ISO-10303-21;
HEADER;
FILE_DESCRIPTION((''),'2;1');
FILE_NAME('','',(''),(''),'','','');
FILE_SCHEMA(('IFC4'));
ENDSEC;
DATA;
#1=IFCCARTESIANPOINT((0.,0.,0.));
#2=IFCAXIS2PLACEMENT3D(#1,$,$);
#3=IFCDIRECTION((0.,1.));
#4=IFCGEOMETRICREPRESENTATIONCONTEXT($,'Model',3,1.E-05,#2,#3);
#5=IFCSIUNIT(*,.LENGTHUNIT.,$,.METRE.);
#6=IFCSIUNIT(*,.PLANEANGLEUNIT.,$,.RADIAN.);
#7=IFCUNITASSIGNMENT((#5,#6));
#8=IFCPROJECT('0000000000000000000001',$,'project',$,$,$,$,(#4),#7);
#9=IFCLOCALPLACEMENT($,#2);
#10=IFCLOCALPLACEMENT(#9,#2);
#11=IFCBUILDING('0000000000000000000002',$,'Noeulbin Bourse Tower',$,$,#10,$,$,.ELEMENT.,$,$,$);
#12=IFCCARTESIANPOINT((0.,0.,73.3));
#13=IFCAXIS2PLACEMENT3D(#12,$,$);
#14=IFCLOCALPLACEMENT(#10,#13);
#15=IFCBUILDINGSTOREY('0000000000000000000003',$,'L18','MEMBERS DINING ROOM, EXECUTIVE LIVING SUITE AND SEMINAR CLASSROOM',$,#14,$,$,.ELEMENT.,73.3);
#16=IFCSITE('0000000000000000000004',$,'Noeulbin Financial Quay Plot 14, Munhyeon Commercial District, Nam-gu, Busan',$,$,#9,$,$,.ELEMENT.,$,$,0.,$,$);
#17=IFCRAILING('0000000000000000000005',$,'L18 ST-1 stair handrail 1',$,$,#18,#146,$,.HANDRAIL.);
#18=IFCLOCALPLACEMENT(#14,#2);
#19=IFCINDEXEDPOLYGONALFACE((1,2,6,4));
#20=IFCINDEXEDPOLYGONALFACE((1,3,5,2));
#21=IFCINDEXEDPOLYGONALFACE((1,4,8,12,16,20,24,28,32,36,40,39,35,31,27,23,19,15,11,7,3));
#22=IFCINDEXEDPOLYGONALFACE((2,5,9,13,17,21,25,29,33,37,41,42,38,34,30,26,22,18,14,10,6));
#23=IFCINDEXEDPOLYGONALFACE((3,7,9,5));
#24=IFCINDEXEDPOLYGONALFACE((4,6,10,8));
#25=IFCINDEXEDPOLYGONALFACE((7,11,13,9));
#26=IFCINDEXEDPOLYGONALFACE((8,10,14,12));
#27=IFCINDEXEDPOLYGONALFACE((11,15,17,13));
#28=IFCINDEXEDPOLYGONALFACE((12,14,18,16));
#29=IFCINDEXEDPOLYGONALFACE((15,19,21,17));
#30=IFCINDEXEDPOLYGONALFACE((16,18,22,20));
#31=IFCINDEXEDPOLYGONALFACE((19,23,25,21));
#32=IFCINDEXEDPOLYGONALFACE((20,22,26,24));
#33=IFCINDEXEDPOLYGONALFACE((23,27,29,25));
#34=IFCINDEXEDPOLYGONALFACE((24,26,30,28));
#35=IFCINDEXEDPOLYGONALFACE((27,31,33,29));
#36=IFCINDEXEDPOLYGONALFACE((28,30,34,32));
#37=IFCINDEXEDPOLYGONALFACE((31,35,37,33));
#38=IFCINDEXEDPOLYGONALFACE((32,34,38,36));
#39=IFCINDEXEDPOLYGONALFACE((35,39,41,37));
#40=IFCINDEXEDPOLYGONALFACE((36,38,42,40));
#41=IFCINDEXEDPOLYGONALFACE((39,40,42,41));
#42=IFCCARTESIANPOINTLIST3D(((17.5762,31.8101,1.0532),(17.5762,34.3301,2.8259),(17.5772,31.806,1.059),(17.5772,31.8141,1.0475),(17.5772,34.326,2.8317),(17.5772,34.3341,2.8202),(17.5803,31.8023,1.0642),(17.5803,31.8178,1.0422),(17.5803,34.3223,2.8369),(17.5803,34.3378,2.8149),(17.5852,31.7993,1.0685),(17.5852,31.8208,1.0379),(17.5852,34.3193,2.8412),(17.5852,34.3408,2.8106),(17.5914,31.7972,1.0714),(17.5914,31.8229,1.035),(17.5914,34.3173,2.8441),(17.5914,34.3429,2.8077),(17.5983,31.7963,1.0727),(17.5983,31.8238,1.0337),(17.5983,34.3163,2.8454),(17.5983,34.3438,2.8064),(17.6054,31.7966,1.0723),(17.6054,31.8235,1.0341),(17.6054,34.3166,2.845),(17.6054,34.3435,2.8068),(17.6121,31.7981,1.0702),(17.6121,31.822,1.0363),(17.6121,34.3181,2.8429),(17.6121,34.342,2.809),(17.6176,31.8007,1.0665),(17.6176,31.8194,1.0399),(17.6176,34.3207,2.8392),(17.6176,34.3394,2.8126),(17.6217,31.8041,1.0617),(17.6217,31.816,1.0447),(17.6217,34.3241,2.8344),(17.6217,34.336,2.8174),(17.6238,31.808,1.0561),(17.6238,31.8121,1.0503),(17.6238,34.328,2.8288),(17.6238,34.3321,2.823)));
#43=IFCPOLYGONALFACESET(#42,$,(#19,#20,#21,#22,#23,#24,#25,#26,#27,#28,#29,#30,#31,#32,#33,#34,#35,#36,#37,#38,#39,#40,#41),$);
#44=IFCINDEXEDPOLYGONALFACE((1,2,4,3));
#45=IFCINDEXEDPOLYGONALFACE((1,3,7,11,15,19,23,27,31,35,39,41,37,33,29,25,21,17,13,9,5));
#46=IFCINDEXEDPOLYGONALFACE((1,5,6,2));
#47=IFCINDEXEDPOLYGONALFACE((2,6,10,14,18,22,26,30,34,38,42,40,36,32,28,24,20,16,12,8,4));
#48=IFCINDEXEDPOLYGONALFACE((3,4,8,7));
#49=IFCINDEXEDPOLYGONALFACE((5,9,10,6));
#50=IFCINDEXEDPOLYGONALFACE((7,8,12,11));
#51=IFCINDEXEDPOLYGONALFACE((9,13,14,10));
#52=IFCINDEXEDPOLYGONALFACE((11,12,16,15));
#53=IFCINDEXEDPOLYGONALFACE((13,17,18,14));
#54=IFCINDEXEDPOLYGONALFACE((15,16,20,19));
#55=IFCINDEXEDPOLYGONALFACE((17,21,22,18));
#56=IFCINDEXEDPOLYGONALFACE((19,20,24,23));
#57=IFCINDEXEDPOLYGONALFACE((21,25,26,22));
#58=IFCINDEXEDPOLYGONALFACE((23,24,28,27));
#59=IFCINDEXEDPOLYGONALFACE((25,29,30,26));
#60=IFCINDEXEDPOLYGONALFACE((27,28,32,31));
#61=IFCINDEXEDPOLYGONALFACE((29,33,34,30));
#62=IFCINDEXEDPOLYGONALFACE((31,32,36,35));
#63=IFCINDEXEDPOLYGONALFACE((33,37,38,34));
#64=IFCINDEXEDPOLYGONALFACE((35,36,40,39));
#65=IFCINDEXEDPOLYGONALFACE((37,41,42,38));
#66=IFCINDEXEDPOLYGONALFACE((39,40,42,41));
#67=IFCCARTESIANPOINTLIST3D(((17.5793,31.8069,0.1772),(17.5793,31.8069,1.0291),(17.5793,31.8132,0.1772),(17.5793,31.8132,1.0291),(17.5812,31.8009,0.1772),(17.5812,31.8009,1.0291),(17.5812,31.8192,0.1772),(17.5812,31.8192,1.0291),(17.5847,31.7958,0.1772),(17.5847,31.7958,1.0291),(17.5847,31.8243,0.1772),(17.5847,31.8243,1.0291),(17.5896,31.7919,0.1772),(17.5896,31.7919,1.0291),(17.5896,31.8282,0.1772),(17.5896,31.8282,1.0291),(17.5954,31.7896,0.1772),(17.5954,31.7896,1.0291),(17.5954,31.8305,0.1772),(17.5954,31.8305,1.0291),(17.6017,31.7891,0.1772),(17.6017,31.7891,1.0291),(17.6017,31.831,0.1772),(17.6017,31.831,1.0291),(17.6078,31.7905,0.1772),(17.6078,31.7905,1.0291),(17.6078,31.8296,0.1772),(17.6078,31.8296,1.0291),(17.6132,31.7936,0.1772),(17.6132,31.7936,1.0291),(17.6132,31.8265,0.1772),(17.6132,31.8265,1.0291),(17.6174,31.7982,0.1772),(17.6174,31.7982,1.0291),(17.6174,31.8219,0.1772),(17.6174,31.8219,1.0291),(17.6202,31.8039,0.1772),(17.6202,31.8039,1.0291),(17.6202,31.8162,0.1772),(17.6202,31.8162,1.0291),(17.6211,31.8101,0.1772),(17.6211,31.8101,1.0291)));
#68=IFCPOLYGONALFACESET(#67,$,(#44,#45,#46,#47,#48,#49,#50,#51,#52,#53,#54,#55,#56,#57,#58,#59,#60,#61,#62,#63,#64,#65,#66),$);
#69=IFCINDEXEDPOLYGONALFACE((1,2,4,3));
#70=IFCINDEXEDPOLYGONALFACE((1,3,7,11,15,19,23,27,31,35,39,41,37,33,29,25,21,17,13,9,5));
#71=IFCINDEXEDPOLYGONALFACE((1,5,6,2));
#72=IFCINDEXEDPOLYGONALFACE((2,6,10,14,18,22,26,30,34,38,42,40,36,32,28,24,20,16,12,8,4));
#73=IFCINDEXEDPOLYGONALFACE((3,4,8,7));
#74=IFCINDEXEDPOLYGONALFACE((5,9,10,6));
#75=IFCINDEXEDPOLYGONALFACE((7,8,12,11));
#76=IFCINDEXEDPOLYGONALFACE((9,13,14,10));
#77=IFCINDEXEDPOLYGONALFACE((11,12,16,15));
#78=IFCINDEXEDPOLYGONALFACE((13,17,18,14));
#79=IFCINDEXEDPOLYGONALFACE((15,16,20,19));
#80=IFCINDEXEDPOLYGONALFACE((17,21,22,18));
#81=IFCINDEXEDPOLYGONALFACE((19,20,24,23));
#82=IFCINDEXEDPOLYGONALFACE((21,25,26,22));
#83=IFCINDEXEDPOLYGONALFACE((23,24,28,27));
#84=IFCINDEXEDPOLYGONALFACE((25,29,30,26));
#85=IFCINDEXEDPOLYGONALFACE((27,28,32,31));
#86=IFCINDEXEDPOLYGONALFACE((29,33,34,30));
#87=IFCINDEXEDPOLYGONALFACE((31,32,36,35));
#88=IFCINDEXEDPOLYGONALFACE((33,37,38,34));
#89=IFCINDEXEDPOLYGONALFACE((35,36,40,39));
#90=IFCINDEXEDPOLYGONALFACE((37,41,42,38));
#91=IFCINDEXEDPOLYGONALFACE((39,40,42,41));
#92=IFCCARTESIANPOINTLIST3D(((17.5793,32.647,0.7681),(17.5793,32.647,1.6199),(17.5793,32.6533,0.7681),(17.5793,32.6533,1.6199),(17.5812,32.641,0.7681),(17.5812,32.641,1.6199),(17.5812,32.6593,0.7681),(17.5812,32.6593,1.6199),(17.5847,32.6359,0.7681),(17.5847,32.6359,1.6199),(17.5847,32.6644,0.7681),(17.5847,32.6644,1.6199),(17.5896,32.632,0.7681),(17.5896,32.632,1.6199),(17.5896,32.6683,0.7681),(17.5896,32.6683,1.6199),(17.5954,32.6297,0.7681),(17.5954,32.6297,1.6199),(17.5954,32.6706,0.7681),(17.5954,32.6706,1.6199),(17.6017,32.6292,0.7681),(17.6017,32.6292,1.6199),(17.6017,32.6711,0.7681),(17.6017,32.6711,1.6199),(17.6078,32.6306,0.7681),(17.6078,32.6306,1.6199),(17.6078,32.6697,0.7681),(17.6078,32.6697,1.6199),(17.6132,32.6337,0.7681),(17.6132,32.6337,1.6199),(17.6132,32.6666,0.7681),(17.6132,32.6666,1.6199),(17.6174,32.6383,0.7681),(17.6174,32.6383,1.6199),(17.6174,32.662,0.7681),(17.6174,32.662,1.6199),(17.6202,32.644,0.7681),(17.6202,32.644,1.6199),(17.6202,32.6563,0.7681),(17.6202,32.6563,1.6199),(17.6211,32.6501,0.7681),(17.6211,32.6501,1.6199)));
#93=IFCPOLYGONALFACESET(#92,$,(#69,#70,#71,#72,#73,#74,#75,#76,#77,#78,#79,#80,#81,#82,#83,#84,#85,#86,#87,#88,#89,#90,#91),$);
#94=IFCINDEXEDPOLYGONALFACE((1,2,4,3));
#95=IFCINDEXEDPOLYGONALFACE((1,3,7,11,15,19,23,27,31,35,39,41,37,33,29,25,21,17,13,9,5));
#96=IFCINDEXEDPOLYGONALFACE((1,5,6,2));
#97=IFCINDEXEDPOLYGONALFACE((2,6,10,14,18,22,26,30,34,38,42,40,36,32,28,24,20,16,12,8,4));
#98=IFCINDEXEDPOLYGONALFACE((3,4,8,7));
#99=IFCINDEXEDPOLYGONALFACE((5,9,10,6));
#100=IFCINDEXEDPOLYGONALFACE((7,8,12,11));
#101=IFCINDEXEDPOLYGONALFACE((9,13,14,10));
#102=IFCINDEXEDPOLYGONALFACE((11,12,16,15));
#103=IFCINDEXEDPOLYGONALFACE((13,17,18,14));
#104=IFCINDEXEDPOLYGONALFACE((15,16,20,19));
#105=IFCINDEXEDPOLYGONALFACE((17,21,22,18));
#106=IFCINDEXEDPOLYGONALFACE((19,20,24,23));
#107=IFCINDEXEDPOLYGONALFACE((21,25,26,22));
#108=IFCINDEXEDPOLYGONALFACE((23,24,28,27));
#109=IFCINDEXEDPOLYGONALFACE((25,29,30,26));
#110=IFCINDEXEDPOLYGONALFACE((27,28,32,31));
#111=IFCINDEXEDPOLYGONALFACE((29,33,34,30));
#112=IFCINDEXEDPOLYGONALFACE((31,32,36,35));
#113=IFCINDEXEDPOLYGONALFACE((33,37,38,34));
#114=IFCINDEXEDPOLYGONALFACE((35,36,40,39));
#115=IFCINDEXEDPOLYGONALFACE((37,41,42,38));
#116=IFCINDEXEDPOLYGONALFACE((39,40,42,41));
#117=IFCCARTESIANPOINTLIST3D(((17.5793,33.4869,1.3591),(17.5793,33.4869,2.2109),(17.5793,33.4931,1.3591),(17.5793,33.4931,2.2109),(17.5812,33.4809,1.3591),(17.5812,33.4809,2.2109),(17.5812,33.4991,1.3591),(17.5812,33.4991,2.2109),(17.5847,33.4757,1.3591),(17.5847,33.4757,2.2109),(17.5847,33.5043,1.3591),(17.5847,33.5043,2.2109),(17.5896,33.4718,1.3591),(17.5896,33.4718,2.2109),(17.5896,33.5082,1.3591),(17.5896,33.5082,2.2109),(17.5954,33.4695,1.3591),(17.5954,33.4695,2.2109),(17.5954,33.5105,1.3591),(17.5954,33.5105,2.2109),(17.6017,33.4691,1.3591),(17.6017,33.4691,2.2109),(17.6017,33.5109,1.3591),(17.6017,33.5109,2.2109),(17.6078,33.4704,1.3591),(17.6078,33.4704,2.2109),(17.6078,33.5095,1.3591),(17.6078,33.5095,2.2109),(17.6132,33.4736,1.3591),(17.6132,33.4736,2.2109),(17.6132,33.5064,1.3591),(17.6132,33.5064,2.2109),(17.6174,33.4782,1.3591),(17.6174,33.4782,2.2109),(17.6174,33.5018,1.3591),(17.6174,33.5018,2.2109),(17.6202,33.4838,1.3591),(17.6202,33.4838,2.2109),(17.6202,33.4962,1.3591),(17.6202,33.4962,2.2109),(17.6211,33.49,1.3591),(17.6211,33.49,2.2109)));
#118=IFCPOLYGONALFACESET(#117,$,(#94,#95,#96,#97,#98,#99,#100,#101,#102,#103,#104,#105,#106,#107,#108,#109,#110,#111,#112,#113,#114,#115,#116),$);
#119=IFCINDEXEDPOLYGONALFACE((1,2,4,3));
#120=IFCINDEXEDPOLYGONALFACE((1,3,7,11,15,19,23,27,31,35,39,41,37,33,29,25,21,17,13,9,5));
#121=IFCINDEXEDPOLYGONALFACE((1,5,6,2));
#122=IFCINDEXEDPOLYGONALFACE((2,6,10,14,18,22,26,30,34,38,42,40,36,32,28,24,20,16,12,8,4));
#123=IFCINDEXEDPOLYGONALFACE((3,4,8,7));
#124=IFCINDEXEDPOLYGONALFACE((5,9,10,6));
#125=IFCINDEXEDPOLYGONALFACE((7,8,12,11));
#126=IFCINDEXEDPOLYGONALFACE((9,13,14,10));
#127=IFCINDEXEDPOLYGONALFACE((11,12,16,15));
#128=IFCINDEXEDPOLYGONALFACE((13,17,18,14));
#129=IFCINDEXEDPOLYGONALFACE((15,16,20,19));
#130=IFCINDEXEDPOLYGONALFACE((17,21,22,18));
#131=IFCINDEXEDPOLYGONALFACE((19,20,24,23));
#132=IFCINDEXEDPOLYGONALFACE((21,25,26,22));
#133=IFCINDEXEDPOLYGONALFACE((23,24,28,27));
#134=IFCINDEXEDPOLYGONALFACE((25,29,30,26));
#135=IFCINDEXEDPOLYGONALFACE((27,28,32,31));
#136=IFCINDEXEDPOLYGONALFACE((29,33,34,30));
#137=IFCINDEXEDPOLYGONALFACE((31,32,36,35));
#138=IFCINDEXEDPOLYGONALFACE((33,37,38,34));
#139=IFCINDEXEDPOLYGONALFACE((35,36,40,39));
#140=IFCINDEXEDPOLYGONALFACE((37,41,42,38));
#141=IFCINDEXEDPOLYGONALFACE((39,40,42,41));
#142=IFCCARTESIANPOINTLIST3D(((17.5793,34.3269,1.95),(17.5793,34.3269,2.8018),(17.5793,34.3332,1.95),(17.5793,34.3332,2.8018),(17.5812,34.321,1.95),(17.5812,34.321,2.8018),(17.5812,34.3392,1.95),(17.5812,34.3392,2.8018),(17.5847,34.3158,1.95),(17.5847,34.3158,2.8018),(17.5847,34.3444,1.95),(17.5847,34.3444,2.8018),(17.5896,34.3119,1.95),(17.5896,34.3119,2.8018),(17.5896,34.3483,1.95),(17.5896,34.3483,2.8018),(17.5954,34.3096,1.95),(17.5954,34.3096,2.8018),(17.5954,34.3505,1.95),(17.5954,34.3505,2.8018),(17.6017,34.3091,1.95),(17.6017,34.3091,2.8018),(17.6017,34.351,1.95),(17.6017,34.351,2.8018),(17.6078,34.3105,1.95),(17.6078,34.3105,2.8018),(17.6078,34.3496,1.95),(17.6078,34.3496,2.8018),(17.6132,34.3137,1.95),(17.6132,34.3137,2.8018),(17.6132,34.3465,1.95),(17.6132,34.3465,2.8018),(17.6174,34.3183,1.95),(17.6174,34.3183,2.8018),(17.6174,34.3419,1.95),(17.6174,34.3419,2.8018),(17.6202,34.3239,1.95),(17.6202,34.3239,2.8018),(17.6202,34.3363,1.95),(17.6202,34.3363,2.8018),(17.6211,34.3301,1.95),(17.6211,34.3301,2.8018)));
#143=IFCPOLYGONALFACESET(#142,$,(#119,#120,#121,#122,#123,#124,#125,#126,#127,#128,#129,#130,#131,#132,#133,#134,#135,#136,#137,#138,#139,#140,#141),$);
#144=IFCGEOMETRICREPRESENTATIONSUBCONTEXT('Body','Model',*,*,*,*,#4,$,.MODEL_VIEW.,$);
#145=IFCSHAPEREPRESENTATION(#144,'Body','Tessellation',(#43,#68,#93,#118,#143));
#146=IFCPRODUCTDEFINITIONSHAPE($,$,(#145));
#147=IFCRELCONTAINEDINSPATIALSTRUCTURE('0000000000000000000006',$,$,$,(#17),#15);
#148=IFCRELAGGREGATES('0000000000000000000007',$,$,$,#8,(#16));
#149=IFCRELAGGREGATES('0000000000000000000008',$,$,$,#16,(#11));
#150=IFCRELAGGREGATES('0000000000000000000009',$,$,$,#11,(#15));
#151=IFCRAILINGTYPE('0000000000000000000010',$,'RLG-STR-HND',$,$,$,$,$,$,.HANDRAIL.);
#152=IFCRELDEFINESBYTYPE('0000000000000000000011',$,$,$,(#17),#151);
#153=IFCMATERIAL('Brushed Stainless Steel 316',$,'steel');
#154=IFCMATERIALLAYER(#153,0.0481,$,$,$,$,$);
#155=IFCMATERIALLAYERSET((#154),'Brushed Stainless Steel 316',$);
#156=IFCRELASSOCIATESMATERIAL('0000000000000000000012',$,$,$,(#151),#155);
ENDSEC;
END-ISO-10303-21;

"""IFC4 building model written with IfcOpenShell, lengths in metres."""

from ifc_helpers import new_model, si_unit, direction, frame, origin, origin_2d, place, context, subcontext, project, spatial, circle, extrude, material, layer, layer_set, type_object, element, save


model = new_model("IFC4")

# Units and contexts
model_context = context("Model", 3, precision=1e-05, world=origin(), true_north=direction((0.0, 1.0)))
body_context = subcontext(model_context, "Body", "Model", "MODEL_VIEW")
ifc_project = project(units=[si_unit("LENGTHUNIT", "METRE"), si_unit("PLANEANGLEUNIT", "RADIAN")], contexts=[model_context])

# Site, building, storey
site_placement = place(None, origin())
site = spatial("IfcSite", under=ifc_project, at=site_placement, Name="Noeulbin Financial Quay Plot 14, Munhyeon Commercial District, Nam-gu, Busan", CompositionType="ELEMENT", RefElevation=0.0)
building_placement = place(site_placement, origin())
building = spatial("IfcBuilding", under=site, at=building_placement, Name="Noeulbin Bourse Tower", CompositionType="ELEMENT")
storey_placement = place(building_placement, frame((0.0, 0.0, 73.3)))
storey = spatial("IfcBuildingStorey", under=building, at=storey_placement, Name="L18", Description="MEMBERS DINING ROOM, EXECUTIVE LIVING SUITE AND SEMINAR CLASSROOM", CompositionType="ELEMENT", Elevation=73.3)

# Shared definitions
ifc_material_1 = material(Name="Brushed Stainless Steel 316", Category="steel")

# Railing
ifc_layer_1 = layer(ifc_material_1, 0.0481)
ifc_layer_set_1 = layer_set([ifc_layer_1], Name="Brushed Stainless Steel 316")
railing_type_1 = type_object("IfcRailingType", Name="RLG-STR-HND", PredefinedType="HANDRAIL", material=ifc_layer_set_1)
railing_1_placement = place(storey_placement, frame((17.6001, 31.8101, 0.1772)))
element("IfcRailing", 1, at=railing_1_placement, inside=storey, type_object=railing_type_1, Name="L18 ST-1 stair handrail 1", PredefinedType="HANDRAIL", context=body_context, shape_type="SweptSolid", body=[
    extrude(circle(Radius=0.0239, at=origin_2d()), frame((0.0, 0.0, 0.876), z_axis=(0.0, 0.817904, 0.575354), x_axis=(-1.0, 0.0, 0.0)), (0.0, 0.0, 1.0), 3.0811),
    extrude(circle(Radius=0.021, at=origin_2d()), origin(), (0.0, 0.0, 1.0), 0.8518),
    extrude(circle(Radius=0.021, at=origin_2d()), frame((0.0, 0.8401, 0.5908)), (0.0, 0.0, 1.0), 0.8518),
    extrude(circle(Radius=0.021, at=origin_2d()), frame((0.0, 1.6799, 1.1819)), (0.0, 0.0, 1.0), 0.8518),
    extrude(circle(Radius=0.021, at=origin_2d()), frame((0.0, 2.52, 1.7727)), (0.0, 0.0, 1.0), 0.8518),
])

save(model, "model.ifc")
